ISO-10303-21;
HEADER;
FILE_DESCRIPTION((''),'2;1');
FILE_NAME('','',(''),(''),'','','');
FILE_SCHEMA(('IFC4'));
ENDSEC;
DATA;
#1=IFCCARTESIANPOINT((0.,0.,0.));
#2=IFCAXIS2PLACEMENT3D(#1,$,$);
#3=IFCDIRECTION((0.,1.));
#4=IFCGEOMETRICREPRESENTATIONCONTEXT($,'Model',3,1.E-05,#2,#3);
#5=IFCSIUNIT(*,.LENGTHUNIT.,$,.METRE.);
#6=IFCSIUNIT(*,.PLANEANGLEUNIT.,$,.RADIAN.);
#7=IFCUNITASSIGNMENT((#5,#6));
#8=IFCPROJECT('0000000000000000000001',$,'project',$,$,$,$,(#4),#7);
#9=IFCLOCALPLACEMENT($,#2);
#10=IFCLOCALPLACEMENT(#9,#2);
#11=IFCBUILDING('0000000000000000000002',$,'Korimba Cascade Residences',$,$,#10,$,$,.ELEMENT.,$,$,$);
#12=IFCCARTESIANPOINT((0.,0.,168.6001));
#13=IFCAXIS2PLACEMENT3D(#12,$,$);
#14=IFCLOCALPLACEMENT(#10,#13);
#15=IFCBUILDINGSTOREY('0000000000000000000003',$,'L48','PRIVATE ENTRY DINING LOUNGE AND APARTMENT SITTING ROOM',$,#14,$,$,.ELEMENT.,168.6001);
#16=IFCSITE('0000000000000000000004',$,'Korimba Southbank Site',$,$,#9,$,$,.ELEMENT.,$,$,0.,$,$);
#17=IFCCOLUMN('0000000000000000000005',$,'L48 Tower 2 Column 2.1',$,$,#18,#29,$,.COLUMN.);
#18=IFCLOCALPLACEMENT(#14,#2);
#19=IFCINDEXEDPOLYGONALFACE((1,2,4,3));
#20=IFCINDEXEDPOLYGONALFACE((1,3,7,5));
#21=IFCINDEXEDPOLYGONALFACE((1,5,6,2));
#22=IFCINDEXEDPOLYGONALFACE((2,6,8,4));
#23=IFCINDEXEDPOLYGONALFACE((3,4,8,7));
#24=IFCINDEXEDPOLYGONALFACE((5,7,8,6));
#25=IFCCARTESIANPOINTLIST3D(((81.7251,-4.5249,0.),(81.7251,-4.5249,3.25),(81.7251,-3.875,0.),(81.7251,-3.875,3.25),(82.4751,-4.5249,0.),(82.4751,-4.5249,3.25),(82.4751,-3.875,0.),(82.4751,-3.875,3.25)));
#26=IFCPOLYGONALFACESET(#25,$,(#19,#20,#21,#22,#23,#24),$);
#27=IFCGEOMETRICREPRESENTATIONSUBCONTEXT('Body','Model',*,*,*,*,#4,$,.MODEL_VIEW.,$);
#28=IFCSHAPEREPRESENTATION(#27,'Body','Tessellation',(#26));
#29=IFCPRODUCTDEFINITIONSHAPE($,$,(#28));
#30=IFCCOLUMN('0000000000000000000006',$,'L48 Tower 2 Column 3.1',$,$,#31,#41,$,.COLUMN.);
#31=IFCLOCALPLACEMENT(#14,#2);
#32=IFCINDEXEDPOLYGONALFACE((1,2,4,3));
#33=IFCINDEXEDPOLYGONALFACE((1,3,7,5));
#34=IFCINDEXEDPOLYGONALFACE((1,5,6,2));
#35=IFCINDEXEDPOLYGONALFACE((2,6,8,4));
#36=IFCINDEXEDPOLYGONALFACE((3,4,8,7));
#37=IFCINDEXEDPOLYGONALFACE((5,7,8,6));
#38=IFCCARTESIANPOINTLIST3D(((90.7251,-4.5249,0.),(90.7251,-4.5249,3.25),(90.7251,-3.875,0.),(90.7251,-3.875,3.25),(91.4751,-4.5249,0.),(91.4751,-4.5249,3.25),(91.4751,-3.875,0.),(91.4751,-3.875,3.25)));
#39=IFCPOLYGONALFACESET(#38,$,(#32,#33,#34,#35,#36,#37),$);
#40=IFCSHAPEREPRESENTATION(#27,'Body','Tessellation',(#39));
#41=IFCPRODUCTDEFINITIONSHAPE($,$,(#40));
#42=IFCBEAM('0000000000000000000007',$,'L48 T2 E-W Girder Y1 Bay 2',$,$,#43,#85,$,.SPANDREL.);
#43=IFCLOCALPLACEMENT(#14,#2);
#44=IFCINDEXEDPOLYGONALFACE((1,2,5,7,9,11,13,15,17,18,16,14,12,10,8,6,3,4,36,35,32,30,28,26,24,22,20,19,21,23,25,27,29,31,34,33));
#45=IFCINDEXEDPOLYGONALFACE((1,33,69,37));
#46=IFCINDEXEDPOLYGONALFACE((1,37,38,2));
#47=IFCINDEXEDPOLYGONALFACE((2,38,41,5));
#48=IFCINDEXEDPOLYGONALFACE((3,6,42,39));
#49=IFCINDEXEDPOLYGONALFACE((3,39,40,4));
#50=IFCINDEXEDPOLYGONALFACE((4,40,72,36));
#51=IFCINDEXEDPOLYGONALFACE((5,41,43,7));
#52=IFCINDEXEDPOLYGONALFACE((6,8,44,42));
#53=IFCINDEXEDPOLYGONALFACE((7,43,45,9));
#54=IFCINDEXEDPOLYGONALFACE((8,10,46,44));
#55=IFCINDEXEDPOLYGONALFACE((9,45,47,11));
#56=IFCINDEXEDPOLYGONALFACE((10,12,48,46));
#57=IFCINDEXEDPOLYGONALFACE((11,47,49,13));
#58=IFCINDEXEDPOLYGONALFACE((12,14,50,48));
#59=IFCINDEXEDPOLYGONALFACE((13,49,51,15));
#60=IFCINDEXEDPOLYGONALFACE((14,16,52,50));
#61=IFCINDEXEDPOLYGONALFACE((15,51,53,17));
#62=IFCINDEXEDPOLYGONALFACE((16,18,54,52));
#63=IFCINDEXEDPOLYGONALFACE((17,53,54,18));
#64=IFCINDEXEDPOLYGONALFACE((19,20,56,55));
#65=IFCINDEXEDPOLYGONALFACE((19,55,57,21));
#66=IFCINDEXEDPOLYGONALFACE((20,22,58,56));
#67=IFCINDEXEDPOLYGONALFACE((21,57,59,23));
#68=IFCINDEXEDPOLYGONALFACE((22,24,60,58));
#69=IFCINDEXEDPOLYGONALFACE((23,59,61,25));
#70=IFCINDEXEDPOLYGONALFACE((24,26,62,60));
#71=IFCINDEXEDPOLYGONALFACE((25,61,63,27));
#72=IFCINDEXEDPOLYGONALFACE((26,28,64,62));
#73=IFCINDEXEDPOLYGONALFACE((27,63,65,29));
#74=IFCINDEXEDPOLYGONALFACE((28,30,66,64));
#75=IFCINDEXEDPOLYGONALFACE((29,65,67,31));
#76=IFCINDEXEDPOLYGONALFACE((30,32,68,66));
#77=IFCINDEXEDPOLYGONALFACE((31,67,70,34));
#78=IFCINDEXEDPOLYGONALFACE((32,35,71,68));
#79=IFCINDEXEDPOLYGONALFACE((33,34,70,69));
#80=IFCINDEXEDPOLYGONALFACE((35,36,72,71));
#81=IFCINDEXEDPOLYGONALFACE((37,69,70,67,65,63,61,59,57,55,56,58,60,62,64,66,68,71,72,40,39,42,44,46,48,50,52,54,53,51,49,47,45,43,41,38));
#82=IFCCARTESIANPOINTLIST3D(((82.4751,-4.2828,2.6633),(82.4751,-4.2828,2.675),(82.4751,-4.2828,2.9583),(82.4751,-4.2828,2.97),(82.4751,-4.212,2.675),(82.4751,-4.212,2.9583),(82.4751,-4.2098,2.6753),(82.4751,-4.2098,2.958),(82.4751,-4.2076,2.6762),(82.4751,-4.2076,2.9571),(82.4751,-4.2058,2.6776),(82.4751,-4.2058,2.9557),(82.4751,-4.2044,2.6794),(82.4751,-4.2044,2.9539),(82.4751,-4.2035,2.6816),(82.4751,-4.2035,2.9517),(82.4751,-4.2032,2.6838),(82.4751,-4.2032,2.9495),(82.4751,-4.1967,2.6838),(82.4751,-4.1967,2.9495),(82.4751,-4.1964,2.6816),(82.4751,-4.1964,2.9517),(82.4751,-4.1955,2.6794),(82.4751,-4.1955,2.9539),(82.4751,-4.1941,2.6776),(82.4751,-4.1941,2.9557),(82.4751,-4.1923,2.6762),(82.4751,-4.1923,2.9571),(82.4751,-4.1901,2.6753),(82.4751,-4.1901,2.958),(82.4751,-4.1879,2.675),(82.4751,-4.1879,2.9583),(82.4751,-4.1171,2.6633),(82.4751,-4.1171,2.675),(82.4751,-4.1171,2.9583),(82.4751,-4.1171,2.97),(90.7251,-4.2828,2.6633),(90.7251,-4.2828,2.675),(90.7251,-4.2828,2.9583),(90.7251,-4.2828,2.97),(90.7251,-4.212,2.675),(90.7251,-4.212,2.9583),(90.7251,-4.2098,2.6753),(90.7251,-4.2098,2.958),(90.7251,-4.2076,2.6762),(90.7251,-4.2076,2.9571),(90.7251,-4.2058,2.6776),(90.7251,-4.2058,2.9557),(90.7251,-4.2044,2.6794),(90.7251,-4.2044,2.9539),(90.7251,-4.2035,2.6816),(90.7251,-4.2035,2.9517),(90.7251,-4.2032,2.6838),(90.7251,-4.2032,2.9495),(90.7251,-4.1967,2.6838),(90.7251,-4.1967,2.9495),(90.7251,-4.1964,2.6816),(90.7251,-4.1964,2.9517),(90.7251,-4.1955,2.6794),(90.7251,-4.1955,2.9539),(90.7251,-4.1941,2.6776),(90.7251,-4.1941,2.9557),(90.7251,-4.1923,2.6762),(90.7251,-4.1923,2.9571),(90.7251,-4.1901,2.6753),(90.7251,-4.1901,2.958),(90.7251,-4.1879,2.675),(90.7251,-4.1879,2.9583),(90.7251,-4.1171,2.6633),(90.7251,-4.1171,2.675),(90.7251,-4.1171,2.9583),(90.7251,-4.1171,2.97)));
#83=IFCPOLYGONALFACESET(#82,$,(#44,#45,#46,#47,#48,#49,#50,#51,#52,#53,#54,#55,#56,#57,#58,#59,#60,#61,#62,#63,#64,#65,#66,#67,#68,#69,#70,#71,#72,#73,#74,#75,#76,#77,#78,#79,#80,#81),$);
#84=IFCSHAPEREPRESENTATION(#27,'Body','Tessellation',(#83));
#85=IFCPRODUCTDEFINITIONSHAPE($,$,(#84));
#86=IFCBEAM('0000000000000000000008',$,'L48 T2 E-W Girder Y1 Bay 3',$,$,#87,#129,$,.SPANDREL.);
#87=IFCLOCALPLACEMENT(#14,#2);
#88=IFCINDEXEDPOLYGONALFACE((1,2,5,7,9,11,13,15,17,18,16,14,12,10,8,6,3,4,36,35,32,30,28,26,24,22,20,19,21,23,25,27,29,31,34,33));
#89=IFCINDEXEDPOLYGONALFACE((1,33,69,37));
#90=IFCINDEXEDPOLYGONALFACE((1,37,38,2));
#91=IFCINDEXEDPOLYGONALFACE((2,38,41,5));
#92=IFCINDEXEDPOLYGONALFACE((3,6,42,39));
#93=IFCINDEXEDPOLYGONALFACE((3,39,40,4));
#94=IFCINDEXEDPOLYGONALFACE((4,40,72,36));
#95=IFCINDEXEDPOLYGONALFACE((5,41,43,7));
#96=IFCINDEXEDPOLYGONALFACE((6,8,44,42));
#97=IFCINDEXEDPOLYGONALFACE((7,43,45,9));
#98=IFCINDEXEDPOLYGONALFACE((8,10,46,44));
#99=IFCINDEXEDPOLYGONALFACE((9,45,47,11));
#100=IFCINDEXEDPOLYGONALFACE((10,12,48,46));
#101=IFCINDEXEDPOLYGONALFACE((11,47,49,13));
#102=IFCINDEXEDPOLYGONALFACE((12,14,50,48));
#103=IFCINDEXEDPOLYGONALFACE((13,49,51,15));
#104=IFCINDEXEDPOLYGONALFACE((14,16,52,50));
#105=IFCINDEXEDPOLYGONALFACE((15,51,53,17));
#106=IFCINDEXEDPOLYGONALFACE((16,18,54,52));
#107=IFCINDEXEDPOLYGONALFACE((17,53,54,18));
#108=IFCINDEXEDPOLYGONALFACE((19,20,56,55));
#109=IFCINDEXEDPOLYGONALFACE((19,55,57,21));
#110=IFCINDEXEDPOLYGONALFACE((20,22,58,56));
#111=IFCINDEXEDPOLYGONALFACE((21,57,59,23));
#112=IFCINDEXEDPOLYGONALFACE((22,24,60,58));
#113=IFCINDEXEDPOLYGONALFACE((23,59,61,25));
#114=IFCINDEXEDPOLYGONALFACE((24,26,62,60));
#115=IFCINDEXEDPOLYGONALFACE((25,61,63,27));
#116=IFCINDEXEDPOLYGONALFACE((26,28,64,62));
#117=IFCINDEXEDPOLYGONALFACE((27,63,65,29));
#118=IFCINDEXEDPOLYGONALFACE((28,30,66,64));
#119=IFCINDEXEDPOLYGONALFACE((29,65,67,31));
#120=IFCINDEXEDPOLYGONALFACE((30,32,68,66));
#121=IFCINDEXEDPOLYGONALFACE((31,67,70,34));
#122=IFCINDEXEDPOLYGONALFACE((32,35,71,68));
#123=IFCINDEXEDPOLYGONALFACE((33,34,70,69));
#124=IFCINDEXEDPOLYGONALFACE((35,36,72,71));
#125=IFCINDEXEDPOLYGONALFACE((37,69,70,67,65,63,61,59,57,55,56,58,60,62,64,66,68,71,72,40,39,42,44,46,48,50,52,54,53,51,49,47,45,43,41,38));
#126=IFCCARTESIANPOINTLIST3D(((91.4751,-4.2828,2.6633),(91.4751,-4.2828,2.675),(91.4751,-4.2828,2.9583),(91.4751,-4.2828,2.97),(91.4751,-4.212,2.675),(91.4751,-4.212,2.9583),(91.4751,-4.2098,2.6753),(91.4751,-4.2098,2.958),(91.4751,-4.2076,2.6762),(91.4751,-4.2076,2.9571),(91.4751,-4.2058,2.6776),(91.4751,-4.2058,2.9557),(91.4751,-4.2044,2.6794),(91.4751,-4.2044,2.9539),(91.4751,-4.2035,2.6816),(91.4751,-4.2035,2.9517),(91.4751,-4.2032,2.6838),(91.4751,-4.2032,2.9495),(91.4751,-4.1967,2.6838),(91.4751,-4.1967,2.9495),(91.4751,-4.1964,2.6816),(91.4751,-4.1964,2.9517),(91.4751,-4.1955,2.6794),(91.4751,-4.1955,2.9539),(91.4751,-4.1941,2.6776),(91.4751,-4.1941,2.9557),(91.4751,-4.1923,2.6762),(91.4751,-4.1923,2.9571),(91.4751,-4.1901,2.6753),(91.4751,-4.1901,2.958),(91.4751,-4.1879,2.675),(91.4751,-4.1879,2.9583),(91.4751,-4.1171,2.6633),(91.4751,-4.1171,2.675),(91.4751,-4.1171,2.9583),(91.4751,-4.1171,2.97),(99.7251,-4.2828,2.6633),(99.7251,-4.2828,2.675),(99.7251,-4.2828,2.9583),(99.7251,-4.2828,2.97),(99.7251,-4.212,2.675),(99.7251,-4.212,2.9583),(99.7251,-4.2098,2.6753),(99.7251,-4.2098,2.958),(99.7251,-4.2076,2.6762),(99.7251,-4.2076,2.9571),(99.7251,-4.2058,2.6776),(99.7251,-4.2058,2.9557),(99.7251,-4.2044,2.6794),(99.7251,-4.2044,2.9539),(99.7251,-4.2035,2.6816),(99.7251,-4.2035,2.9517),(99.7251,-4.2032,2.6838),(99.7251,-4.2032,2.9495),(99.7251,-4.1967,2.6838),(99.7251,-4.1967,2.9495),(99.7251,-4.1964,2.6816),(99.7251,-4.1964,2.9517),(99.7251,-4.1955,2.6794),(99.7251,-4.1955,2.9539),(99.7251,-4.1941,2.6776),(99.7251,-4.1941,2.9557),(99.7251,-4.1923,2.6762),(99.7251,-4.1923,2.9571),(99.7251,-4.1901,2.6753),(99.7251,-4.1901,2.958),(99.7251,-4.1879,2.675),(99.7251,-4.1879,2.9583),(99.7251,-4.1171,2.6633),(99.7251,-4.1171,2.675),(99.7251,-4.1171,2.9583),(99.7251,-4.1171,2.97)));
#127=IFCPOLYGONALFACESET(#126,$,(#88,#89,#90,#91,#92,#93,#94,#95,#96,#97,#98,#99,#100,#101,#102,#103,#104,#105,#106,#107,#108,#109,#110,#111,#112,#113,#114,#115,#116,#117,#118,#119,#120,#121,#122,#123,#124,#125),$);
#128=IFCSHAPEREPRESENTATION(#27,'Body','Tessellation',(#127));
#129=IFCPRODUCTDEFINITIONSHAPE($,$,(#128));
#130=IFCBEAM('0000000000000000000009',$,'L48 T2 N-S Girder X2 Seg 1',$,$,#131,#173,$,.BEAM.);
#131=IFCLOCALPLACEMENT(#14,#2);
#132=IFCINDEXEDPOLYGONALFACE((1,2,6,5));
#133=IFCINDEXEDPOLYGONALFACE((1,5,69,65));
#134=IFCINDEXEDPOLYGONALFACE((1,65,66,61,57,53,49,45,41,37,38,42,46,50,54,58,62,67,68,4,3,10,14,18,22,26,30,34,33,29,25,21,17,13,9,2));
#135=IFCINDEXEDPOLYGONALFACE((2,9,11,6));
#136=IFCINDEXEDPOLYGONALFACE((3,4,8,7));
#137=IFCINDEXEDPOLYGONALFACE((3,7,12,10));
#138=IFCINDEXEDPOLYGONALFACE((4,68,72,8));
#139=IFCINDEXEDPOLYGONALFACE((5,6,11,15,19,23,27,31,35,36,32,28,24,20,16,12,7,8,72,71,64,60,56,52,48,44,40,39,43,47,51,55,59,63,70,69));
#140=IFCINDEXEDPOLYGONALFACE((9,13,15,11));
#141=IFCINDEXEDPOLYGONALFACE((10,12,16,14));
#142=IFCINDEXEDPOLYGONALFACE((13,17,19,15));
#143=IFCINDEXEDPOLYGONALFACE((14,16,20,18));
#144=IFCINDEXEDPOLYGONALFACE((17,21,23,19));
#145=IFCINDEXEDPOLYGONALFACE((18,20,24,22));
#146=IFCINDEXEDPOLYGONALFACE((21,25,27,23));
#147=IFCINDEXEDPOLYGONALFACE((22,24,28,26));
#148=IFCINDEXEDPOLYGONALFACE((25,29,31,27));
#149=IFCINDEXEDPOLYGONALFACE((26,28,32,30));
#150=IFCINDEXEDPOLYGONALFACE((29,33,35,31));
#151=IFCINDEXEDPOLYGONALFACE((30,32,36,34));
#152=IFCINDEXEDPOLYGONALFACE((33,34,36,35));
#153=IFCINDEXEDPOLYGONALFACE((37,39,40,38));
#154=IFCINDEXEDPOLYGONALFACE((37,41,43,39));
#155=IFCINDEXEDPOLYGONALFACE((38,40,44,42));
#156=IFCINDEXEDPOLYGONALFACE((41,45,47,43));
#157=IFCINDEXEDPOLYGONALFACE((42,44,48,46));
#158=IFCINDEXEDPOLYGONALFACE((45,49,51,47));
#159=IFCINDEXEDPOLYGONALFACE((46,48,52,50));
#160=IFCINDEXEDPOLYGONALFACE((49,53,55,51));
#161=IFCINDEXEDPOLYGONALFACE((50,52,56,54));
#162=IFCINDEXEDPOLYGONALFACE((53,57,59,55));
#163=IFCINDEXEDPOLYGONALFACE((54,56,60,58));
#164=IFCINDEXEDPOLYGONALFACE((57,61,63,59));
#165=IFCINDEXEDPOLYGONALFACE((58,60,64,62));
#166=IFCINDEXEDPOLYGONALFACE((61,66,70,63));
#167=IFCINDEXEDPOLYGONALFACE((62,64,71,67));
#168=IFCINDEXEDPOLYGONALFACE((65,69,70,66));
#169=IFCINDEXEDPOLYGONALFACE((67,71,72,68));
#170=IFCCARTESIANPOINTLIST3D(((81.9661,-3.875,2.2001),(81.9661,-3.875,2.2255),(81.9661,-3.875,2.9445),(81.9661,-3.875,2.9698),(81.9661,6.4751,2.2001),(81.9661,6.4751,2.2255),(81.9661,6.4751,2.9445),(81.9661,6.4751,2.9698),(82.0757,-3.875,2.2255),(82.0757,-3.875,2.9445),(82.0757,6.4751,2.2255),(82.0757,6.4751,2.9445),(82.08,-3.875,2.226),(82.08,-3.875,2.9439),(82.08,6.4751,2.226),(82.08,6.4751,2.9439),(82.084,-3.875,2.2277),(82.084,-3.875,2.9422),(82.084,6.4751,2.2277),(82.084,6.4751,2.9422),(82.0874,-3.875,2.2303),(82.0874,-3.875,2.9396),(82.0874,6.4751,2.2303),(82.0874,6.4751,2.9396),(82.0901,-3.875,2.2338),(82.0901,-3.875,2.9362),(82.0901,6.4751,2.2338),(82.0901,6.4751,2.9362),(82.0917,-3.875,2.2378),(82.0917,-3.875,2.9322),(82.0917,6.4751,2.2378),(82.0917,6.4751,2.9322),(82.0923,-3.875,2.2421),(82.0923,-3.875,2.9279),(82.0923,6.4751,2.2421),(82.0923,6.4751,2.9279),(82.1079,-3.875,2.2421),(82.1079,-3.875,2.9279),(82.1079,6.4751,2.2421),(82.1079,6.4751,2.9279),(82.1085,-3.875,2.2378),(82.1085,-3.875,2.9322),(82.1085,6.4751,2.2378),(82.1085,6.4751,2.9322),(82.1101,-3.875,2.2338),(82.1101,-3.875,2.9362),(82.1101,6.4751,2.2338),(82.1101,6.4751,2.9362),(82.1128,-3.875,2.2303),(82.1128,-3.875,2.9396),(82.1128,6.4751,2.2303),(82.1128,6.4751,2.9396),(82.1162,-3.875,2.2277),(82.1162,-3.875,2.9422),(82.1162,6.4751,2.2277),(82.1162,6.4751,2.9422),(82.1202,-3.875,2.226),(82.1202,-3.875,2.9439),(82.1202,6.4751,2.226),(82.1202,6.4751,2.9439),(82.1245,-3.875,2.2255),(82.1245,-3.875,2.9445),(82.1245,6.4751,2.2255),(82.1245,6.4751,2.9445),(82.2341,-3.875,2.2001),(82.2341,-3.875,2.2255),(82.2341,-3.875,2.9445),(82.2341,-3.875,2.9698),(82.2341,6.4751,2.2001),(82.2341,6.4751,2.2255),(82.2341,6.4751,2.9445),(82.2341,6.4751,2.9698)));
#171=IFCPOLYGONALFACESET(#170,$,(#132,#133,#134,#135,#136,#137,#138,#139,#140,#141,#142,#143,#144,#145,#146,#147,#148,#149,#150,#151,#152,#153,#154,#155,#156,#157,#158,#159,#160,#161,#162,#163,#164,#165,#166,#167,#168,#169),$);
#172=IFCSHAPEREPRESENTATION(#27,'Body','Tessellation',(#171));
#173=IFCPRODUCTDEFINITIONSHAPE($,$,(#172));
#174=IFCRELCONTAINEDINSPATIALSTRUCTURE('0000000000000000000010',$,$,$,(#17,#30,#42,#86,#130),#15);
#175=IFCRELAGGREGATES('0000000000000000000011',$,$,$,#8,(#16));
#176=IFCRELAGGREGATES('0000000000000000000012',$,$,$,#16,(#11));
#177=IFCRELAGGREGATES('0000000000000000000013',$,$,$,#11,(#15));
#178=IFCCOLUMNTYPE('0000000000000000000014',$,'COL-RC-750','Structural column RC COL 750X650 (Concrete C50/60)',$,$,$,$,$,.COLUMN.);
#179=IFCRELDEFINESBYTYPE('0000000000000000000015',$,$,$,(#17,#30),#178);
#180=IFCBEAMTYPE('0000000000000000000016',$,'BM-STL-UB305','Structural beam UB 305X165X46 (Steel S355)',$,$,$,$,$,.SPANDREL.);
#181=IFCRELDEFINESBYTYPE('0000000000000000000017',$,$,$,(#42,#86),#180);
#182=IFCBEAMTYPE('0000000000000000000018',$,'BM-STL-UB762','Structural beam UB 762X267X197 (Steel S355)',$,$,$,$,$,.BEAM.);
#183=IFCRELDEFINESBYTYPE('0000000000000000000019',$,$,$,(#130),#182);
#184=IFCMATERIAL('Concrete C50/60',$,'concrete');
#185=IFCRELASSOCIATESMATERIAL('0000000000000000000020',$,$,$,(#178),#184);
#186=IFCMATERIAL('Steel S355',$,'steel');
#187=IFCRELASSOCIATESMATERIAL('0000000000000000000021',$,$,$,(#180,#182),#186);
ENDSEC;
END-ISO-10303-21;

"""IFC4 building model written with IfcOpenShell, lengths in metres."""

from ifc_helpers import new_model, si_unit, direction, frame, origin, origin_2d, place, context, subcontext, project, spatial, rectangle, i_section, extrude, material, material_profile, profile_set, type_object, element, save


model = new_model("IFC4")

# Units and contexts
model_context = context("Model", 3, precision=1e-05, world=origin(), true_north=direction((0.0, 1.0)))
body_context = subcontext(model_context, "Body", "Model", "MODEL_VIEW")
ifc_project = project(units=[si_unit("LENGTHUNIT", "METRE"), si_unit("PLANEANGLEUNIT", "RADIAN")], contexts=[model_context])

# Site, building, storey
site_placement = place(None, origin())
site = spatial("IfcSite", under=ifc_project, at=site_placement, Name="Korimba Southbank Site", CompositionType="ELEMENT", RefElevation=0.0)
building_placement = place(site_placement, origin())
building = spatial("IfcBuilding", under=site, at=building_placement, Name="Korimba Cascade Residences", CompositionType="ELEMENT")
storey_placement = place(building_placement, frame((0.0, 0.0, 168.6001)))
storey = spatial("IfcBuildingStorey", under=building, at=storey_placement, Name="L48", Description="PRIVATE ENTRY DINING LOUNGE AND APARTMENT SITTING ROOM", CompositionType="ELEMENT", Elevation=168.6001)

# Columns
ifc_material_1 = material(Name="Concrete C50/60", Category="concrete")
ifc_material_profile_1 = material_profile(ifc_material_1, rectangle(XDim=0.75, YDim=0.6499, at=origin_2d()), Name="Concrete C50/60")
ifc_profile_set_1 = profile_set([ifc_material_profile_1], Name="Concrete C50/60")
column_type = type_object("IfcColumnType", Name="COL-RC-750", Description="Structural column RC COL 750X650 (Concrete C50/60)", PredefinedType="COLUMN", material=ifc_profile_set_1)
for number, where, z_axis, x_axis, name in (
    (1, (82.1001, -4.2, 0.0), (0.0, 0.0, 1.0), (1.0, 0.0, 0.0), "L48 Tower 2 Column 2.1"),
    (2, (91.1001, -4.2, 0.0), (0.0, 0.0, 1.0), (1.0, 0.0, 0.0), "L48 Tower 2 Column 3.1"),
):
    element("IfcColumn", number, at=place(storey_placement, frame(where, z_axis=z_axis, x_axis=x_axis)), inside=storey, type_object=column_type, Name=name, PredefinedType="COLUMN", context=body_context, shape_type="SweptSolid", body=[
        extrude(rectangle(XDim=0.75, YDim=0.6499, at=origin_2d()), origin(), (0.0, 0.0, 1.0), 3.25),
    ])

# Beams
ifc_material_2 = material(Name="Steel S355", Category="steel")
ifc_material_profile_2 = material_profile(ifc_material_2, i_section(OverallWidth=0.1658, OverallDepth=0.3066, WebThickness=0.0066, FlangeThickness=0.0117, FilletRadius=0.0088, at=origin_2d()), Name="Steel S355")
ifc_profile_set_2 = profile_set([ifc_material_profile_2], Name="Steel S355")
beam_type_1 = type_object("IfcBeamType", Name="BM-STL-UB305", Description="Structural beam UB 305X165X46 (Steel S355)", PredefinedType="SPANDREL", material=ifc_profile_set_2)
for number, where, z_axis, x_axis, name in (
    (3, (82.4751, -4.2, 2.8167), (1.0, 0.0, 0.0), (0.0, 1.0, 0.0), "L48 T2 E-W Girder Y1 Bay 2"),
    (4, (91.4751, -4.2, 2.8167), (1.0, 0.0, 0.0), (0.0, 1.0, 0.0), "L48 T2 E-W Girder Y1 Bay 3"),
):
    element("IfcBeam", number, at=place(storey_placement, frame(where, z_axis=z_axis, x_axis=x_axis)), inside=storey, type_object=beam_type_1, Name=name, PredefinedType="SPANDREL", context=body_context, shape_type="SweptSolid", body=[
        extrude(i_section(OverallWidth=0.1658, OverallDepth=0.3066, WebThickness=0.0066, FlangeThickness=0.0117, FilletRadius=0.0088, at=origin_2d()), origin(), (0.0, 0.0, 1.0), 8.25),
    ])
ifc_material_profile_3 = material_profile(ifc_material_2, i_section(OverallWidth=0.2681, OverallDepth=0.7698, WebThickness=0.0156, FlangeThickness=0.0254, FilletRadius=0.0166, at=origin_2d()), Name="Steel S355")
ifc_profile_set_3 = profile_set([ifc_material_profile_3], Name="Steel S355")
beam_type_2 = type_object("IfcBeamType", Name="BM-STL-UB762", Description="Structural beam UB 762X267X197 (Steel S355)", PredefinedType="BEAM", material=ifc_profile_set_3)
for number, where, z_axis, x_axis, name in (
    (5, (82.1001, -3.875, 2.585), (0.0, 1.0, 0.0), (-1.0, 0.0, 0.0), "L48 T2 N-S Girder X2 Seg 1"),
):
    element("IfcBeam", number, at=place(storey_placement, frame(where, z_axis=z_axis, x_axis=x_axis)), inside=storey, type_object=beam_type_2, Name=name, PredefinedType="BEAM", context=body_context, shape_type="SweptSolid", body=[
        extrude(i_section(OverallWidth=0.2681, OverallDepth=0.7698, WebThickness=0.0156, FlangeThickness=0.0254, FilletRadius=0.0166, at=origin_2d()), origin(), (0.0, 0.0, 1.0), 10.3501),
    ])

save(model, "model.ifc")
